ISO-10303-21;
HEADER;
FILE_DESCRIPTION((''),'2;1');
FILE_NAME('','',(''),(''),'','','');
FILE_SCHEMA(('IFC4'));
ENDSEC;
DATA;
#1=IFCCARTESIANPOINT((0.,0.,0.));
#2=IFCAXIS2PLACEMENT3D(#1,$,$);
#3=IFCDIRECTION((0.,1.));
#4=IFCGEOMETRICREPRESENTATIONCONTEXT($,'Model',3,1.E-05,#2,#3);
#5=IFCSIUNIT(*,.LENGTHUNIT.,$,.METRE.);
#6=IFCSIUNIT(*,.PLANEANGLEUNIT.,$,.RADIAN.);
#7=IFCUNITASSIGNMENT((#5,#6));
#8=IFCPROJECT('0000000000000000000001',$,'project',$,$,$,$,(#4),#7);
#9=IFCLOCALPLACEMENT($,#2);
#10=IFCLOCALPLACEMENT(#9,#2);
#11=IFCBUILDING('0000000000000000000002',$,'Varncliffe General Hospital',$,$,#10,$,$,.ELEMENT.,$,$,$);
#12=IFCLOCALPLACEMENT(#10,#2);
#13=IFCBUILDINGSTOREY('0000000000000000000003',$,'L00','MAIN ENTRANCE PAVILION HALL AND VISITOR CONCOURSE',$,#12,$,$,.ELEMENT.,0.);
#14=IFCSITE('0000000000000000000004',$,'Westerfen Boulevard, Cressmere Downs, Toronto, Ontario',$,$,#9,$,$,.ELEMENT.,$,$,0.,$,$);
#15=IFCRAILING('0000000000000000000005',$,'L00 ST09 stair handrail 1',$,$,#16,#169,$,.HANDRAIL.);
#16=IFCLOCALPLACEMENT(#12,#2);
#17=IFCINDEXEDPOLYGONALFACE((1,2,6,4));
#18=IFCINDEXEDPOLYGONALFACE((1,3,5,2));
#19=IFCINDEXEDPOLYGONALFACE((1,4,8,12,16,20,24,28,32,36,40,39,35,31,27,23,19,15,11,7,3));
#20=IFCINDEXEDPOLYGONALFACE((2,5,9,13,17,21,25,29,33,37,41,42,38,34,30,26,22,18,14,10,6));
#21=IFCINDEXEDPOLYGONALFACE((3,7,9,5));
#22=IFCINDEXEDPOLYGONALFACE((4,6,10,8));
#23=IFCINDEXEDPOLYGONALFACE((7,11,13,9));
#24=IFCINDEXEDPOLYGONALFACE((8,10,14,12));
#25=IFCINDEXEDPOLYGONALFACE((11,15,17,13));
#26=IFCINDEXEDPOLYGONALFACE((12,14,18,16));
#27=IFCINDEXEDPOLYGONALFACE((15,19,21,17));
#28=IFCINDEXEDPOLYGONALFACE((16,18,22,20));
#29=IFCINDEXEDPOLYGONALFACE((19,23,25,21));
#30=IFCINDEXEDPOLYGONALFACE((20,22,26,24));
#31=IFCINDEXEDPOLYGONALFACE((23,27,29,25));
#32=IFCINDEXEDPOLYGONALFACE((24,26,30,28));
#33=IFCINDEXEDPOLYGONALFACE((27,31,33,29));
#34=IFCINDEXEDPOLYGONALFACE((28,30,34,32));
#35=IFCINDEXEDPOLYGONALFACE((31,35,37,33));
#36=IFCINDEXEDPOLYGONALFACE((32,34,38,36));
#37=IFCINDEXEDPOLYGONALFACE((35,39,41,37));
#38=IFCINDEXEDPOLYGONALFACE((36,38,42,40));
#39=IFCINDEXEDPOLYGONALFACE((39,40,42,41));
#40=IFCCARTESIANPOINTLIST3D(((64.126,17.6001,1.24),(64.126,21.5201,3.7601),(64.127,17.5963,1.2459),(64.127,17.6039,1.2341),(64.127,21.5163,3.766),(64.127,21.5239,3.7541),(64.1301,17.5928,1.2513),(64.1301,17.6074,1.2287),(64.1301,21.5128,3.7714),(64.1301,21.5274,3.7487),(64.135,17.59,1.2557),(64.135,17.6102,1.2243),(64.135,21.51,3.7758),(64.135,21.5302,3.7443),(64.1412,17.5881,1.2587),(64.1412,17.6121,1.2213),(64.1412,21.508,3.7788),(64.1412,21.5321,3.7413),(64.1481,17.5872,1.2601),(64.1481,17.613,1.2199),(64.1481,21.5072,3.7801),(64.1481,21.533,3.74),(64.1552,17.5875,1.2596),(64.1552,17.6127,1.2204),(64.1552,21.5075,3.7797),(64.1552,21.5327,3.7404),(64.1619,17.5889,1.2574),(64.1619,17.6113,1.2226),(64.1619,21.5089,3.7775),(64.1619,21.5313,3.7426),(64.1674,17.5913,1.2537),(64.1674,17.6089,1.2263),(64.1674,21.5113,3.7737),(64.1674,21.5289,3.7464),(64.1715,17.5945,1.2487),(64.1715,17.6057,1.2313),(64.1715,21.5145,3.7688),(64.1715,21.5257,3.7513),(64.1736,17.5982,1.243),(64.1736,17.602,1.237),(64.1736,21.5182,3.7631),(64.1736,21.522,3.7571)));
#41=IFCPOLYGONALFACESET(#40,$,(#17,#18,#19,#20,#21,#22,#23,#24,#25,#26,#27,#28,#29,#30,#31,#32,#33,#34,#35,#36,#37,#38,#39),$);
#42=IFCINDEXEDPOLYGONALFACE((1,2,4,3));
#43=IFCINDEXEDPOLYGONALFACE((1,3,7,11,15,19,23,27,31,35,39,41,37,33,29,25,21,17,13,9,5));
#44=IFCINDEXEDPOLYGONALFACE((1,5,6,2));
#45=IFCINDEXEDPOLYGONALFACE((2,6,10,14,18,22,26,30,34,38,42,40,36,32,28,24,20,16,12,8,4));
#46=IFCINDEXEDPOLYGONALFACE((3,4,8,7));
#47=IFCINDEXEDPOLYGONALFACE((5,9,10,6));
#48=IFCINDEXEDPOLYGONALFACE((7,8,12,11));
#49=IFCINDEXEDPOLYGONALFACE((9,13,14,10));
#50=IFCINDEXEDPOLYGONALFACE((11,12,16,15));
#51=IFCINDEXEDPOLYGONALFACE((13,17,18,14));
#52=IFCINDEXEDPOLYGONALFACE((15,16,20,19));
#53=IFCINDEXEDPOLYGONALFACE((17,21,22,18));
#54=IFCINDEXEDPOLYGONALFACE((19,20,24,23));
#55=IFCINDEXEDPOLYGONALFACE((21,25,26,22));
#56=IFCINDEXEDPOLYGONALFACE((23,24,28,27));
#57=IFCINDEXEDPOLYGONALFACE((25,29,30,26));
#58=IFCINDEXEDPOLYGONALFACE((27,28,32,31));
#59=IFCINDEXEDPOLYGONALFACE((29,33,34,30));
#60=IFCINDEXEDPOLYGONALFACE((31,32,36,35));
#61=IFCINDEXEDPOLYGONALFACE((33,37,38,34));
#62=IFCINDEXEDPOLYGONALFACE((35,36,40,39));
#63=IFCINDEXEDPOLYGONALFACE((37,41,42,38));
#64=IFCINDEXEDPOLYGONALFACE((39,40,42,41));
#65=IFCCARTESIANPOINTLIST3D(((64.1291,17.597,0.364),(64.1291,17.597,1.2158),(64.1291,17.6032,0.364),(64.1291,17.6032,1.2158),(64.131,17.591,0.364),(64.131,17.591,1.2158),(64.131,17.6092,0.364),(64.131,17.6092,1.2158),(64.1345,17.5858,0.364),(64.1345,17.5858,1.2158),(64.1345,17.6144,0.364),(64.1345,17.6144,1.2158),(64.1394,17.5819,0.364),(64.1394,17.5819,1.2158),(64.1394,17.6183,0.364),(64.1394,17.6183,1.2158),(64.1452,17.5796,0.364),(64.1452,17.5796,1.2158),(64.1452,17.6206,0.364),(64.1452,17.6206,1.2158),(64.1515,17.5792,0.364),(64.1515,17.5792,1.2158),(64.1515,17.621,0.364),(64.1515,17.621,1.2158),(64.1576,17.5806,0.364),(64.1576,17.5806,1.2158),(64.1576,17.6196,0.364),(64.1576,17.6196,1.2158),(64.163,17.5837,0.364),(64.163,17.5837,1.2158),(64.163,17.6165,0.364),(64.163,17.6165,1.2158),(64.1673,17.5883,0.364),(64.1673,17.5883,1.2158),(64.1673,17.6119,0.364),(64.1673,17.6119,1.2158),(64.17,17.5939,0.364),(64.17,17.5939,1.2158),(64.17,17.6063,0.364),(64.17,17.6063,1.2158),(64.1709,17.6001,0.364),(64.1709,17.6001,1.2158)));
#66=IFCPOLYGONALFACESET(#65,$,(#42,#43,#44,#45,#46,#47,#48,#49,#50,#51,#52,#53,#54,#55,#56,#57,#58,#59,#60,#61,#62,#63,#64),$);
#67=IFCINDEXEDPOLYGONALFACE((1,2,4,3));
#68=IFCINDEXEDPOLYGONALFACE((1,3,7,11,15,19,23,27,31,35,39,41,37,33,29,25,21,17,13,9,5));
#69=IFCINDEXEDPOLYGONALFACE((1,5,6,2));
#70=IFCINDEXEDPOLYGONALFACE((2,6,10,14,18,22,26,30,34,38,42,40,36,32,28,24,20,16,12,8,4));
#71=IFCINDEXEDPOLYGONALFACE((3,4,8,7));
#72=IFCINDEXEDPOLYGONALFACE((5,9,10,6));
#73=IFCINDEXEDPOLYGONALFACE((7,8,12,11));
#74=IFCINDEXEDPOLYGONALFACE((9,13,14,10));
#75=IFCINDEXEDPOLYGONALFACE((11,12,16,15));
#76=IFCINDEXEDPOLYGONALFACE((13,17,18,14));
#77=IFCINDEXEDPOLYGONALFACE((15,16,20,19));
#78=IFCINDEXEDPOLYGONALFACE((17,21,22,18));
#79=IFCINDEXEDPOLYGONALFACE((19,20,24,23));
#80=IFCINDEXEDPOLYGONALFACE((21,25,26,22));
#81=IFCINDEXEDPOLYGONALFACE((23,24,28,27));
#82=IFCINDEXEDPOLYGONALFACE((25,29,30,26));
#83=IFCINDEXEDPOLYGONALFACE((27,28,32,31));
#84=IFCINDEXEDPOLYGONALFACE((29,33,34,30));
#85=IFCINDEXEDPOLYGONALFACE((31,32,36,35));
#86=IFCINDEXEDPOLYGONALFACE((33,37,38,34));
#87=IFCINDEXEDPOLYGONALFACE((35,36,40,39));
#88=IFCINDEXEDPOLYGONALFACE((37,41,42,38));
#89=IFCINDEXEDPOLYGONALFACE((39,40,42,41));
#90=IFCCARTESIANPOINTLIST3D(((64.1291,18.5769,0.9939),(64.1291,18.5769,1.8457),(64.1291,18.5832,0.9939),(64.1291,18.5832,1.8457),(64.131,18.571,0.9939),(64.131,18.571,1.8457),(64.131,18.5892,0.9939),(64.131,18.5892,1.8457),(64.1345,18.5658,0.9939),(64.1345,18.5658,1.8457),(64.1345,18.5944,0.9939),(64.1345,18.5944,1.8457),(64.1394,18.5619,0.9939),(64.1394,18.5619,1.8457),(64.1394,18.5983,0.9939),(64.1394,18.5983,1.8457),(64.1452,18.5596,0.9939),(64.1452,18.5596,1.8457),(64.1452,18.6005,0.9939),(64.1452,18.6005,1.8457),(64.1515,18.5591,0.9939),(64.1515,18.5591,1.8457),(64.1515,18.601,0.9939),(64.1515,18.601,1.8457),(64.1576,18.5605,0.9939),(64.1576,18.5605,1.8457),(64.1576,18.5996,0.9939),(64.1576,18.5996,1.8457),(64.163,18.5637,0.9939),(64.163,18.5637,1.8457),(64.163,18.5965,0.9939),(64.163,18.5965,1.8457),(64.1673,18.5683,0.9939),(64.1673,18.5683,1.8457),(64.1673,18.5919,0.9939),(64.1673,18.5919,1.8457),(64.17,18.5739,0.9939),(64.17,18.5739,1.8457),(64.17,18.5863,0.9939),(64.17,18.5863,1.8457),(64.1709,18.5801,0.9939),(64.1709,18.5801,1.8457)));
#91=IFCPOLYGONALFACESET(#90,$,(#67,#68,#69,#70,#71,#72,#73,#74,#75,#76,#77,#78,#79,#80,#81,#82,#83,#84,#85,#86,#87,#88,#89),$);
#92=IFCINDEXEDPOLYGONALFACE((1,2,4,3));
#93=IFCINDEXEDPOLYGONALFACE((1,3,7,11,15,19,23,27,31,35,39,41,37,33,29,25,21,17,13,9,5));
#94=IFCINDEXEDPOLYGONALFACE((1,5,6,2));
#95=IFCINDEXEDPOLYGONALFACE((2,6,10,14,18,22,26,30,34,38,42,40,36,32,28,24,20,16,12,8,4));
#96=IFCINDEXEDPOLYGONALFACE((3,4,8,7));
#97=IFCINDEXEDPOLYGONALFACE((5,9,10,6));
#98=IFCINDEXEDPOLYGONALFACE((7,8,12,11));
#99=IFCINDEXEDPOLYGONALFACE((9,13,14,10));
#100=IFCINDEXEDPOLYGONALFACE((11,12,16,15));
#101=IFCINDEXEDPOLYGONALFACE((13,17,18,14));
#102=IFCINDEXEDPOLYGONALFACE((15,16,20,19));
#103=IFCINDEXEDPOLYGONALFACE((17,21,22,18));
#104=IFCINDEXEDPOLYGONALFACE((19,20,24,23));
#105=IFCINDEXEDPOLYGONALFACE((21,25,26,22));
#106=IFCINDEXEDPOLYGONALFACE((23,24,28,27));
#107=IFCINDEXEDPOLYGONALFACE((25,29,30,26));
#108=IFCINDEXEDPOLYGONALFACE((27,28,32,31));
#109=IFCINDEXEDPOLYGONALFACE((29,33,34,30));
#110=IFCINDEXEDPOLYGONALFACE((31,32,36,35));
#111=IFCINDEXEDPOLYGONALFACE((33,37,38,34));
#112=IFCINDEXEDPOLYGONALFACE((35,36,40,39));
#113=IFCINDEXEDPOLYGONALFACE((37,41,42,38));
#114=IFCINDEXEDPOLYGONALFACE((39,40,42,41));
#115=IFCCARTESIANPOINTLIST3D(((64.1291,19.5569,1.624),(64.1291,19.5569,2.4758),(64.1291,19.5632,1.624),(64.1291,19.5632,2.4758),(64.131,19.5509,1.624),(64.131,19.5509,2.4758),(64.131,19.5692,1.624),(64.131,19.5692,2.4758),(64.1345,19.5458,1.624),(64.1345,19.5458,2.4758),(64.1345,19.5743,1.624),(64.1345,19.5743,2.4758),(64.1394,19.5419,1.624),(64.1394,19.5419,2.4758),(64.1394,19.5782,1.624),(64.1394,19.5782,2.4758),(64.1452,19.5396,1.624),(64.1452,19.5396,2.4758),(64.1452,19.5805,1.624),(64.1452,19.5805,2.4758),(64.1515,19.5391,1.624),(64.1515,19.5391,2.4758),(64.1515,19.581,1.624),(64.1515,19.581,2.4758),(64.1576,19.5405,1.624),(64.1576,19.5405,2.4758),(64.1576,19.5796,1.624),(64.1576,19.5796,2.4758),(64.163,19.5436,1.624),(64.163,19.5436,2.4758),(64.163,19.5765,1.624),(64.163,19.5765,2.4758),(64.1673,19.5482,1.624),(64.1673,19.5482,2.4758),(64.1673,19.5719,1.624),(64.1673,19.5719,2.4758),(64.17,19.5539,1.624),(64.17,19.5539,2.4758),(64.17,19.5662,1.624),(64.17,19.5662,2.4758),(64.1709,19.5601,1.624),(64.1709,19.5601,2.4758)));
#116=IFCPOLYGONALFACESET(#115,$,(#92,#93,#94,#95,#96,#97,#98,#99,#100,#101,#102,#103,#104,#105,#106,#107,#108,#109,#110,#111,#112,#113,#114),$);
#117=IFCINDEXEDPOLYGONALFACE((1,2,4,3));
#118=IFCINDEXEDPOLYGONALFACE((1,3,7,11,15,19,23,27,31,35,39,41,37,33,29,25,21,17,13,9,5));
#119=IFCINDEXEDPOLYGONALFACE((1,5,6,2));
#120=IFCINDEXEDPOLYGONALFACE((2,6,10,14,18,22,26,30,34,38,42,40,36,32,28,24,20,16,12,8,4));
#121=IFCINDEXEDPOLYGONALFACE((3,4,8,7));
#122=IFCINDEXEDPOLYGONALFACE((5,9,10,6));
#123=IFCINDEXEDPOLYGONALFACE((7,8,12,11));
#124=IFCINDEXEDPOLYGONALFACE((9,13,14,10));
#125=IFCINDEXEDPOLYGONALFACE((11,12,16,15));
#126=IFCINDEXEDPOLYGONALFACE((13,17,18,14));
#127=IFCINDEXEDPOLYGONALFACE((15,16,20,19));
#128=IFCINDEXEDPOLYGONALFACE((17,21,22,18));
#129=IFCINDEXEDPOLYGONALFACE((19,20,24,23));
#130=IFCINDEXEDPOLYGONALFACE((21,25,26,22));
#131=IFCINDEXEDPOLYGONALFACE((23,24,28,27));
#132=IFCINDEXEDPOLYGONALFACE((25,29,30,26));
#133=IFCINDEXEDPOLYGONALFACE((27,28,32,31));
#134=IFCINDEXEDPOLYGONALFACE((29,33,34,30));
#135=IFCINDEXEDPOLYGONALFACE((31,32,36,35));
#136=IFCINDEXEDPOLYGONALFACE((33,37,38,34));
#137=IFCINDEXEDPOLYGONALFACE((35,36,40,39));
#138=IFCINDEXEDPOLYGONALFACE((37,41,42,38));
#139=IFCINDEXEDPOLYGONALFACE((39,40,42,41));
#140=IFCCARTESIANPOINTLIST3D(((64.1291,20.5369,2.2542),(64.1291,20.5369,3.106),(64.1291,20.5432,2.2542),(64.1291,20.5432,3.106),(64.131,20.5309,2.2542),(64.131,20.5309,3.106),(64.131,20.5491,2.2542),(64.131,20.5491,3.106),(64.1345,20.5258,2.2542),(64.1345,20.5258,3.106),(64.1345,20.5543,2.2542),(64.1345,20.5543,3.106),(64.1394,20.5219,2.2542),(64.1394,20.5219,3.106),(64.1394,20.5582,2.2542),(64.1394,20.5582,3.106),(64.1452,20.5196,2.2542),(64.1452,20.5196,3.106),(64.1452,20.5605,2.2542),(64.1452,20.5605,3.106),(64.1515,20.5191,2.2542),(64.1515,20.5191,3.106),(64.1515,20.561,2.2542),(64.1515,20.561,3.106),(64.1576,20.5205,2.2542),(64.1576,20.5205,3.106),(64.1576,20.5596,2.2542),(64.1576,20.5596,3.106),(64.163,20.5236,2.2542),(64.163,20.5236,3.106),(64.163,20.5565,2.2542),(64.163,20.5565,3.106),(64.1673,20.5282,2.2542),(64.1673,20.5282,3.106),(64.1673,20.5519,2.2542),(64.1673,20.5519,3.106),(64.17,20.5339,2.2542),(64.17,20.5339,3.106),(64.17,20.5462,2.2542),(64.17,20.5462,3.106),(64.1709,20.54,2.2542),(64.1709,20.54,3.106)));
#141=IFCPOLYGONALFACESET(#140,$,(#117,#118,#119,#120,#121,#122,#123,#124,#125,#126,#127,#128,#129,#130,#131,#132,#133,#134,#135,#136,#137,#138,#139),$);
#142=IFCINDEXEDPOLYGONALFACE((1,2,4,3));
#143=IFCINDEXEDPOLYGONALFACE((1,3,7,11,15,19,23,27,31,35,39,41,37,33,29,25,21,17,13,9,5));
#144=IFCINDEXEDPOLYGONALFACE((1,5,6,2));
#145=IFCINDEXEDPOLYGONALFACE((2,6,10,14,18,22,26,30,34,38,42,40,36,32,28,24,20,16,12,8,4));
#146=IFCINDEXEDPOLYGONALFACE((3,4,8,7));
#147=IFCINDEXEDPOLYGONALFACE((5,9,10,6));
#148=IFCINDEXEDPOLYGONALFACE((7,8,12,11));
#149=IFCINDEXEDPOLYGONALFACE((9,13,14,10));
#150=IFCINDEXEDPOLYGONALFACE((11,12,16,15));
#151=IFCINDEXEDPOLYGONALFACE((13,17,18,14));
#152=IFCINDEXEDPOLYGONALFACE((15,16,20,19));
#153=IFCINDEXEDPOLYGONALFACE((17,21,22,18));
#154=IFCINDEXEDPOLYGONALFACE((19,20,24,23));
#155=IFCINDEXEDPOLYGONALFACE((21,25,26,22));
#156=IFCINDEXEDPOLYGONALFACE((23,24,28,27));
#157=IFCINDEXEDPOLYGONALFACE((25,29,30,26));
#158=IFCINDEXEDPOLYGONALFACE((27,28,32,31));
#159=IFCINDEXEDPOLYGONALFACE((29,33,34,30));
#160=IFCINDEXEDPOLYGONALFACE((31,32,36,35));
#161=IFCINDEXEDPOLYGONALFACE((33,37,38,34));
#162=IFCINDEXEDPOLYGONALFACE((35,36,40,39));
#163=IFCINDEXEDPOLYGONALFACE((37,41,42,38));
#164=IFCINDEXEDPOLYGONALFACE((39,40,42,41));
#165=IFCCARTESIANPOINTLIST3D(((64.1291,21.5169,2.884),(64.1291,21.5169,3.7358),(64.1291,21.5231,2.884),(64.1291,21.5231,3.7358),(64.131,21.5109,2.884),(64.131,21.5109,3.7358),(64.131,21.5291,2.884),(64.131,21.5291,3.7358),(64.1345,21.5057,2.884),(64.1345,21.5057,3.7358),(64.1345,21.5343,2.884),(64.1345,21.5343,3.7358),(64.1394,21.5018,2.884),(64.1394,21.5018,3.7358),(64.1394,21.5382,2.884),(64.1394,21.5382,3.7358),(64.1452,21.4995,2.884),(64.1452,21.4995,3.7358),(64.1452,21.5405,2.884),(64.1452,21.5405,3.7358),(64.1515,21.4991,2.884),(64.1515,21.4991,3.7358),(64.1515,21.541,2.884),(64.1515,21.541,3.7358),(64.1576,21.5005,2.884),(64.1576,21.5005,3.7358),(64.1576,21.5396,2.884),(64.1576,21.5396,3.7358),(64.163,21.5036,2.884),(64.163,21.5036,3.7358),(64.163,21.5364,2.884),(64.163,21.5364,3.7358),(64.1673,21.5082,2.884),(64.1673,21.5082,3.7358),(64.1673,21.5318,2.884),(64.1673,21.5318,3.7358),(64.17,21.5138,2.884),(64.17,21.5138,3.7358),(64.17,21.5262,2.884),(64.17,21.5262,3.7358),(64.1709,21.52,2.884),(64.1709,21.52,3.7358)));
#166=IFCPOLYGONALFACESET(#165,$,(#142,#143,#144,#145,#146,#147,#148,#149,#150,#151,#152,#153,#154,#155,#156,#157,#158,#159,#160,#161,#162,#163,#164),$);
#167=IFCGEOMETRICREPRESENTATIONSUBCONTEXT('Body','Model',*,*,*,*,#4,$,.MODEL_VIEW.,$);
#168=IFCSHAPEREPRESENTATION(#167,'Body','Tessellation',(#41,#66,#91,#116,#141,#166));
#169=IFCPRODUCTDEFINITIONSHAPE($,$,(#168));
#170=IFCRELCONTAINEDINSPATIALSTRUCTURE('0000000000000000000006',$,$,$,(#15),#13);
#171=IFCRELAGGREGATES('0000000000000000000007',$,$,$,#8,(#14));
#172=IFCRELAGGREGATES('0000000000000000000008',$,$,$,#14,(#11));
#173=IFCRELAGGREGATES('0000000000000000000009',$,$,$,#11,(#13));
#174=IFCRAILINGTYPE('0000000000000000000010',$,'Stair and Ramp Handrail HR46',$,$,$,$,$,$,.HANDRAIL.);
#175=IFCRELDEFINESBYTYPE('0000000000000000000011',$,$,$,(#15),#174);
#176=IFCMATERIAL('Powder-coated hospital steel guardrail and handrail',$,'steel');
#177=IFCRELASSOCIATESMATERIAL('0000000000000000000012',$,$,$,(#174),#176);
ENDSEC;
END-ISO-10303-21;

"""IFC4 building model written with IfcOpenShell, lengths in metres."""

from ifc_helpers import new_model, si_unit, direction, frame, origin, origin_2d, place, context, subcontext, project, spatial, circle, extrude, material, type_object, element, save


model = new_model("IFC4")

# Units and contexts
model_context = context("Model", 3, precision=1e-05, world=origin(), true_north=direction((0.0, 1.0)))
body_context = subcontext(model_context, "Body", "Model", "MODEL_VIEW")
ifc_project = project(units=[si_unit("LENGTHUNIT", "METRE"), si_unit("PLANEANGLEUNIT", "RADIAN")], contexts=[model_context])

# Site, building, storey
site_placement = place(None, origin())
site = spatial("IfcSite", under=ifc_project, at=site_placement, Name="Westerfen Boulevard, Cressmere Downs, Toronto, Ontario", CompositionType="ELEMENT", RefElevation=0.0)
building_placement = place(site_placement, origin())
building = spatial("IfcBuilding", under=site, at=building_placement, Name="Varncliffe General Hospital", CompositionType="ELEMENT")
storey_placement = place(building_placement, origin())
storey = spatial("IfcBuildingStorey", under=building, at=storey_placement, Name="L00", Description="MAIN ENTRANCE PAVILION HALL AND VISITOR CONCOURSE", CompositionType="ELEMENT", Elevation=0.0)

# Railing
ifc_material_1 = material(Name="Powder-coated hospital steel guardrail and handrail", Category="steel")
railing_type_1 = type_object("IfcRailingType", Name="Stair and Ramp Handrail HR46", PredefinedType="HANDRAIL", material=ifc_material_1)
railing_1_placement = place(storey_placement, frame((64.1499, 17.6001, 0.364)))
element("IfcRailing", 1, at=railing_1_placement, inside=storey, type_object=railing_type_1, Name="L00 ST09 stair handrail 1", PredefinedType="HANDRAIL", context=body_context, shape_type="SweptSolid", body=[
    extrude(circle(Radius=0.0239, at=origin_2d()), frame((0.0, 0.0, 0.876), z_axis=(0.0, 0.841172, 0.540768), x_axis=(-1.0, 0.0, 0.0)), (0.0, 0.0, 1.0), 4.6602),
    extrude(circle(Radius=0.021, at=origin_2d()), origin(), (0.0, 0.0, 1.0), 0.8518),
    extrude(circle(Radius=0.021, at=origin_2d()), frame((0.0, 0.98, 0.6299)), (0.0, 0.0, 1.0), 0.8518),
    extrude(circle(Radius=0.021, at=origin_2d()), frame((0.0, 1.96, 1.26)), (0.0, 0.0, 1.0), 0.8518),
    extrude(circle(Radius=0.021, at=origin_2d()), frame((0.0, 2.9399, 1.8901)), (0.0, 0.0, 1.0), 0.8518),
    extrude(circle(Radius=0.021, at=origin_2d()), frame((0.0, 3.9199, 2.52)), (0.0, 0.0, 1.0), 0.8518),
])

save(model, "model.ifc")
